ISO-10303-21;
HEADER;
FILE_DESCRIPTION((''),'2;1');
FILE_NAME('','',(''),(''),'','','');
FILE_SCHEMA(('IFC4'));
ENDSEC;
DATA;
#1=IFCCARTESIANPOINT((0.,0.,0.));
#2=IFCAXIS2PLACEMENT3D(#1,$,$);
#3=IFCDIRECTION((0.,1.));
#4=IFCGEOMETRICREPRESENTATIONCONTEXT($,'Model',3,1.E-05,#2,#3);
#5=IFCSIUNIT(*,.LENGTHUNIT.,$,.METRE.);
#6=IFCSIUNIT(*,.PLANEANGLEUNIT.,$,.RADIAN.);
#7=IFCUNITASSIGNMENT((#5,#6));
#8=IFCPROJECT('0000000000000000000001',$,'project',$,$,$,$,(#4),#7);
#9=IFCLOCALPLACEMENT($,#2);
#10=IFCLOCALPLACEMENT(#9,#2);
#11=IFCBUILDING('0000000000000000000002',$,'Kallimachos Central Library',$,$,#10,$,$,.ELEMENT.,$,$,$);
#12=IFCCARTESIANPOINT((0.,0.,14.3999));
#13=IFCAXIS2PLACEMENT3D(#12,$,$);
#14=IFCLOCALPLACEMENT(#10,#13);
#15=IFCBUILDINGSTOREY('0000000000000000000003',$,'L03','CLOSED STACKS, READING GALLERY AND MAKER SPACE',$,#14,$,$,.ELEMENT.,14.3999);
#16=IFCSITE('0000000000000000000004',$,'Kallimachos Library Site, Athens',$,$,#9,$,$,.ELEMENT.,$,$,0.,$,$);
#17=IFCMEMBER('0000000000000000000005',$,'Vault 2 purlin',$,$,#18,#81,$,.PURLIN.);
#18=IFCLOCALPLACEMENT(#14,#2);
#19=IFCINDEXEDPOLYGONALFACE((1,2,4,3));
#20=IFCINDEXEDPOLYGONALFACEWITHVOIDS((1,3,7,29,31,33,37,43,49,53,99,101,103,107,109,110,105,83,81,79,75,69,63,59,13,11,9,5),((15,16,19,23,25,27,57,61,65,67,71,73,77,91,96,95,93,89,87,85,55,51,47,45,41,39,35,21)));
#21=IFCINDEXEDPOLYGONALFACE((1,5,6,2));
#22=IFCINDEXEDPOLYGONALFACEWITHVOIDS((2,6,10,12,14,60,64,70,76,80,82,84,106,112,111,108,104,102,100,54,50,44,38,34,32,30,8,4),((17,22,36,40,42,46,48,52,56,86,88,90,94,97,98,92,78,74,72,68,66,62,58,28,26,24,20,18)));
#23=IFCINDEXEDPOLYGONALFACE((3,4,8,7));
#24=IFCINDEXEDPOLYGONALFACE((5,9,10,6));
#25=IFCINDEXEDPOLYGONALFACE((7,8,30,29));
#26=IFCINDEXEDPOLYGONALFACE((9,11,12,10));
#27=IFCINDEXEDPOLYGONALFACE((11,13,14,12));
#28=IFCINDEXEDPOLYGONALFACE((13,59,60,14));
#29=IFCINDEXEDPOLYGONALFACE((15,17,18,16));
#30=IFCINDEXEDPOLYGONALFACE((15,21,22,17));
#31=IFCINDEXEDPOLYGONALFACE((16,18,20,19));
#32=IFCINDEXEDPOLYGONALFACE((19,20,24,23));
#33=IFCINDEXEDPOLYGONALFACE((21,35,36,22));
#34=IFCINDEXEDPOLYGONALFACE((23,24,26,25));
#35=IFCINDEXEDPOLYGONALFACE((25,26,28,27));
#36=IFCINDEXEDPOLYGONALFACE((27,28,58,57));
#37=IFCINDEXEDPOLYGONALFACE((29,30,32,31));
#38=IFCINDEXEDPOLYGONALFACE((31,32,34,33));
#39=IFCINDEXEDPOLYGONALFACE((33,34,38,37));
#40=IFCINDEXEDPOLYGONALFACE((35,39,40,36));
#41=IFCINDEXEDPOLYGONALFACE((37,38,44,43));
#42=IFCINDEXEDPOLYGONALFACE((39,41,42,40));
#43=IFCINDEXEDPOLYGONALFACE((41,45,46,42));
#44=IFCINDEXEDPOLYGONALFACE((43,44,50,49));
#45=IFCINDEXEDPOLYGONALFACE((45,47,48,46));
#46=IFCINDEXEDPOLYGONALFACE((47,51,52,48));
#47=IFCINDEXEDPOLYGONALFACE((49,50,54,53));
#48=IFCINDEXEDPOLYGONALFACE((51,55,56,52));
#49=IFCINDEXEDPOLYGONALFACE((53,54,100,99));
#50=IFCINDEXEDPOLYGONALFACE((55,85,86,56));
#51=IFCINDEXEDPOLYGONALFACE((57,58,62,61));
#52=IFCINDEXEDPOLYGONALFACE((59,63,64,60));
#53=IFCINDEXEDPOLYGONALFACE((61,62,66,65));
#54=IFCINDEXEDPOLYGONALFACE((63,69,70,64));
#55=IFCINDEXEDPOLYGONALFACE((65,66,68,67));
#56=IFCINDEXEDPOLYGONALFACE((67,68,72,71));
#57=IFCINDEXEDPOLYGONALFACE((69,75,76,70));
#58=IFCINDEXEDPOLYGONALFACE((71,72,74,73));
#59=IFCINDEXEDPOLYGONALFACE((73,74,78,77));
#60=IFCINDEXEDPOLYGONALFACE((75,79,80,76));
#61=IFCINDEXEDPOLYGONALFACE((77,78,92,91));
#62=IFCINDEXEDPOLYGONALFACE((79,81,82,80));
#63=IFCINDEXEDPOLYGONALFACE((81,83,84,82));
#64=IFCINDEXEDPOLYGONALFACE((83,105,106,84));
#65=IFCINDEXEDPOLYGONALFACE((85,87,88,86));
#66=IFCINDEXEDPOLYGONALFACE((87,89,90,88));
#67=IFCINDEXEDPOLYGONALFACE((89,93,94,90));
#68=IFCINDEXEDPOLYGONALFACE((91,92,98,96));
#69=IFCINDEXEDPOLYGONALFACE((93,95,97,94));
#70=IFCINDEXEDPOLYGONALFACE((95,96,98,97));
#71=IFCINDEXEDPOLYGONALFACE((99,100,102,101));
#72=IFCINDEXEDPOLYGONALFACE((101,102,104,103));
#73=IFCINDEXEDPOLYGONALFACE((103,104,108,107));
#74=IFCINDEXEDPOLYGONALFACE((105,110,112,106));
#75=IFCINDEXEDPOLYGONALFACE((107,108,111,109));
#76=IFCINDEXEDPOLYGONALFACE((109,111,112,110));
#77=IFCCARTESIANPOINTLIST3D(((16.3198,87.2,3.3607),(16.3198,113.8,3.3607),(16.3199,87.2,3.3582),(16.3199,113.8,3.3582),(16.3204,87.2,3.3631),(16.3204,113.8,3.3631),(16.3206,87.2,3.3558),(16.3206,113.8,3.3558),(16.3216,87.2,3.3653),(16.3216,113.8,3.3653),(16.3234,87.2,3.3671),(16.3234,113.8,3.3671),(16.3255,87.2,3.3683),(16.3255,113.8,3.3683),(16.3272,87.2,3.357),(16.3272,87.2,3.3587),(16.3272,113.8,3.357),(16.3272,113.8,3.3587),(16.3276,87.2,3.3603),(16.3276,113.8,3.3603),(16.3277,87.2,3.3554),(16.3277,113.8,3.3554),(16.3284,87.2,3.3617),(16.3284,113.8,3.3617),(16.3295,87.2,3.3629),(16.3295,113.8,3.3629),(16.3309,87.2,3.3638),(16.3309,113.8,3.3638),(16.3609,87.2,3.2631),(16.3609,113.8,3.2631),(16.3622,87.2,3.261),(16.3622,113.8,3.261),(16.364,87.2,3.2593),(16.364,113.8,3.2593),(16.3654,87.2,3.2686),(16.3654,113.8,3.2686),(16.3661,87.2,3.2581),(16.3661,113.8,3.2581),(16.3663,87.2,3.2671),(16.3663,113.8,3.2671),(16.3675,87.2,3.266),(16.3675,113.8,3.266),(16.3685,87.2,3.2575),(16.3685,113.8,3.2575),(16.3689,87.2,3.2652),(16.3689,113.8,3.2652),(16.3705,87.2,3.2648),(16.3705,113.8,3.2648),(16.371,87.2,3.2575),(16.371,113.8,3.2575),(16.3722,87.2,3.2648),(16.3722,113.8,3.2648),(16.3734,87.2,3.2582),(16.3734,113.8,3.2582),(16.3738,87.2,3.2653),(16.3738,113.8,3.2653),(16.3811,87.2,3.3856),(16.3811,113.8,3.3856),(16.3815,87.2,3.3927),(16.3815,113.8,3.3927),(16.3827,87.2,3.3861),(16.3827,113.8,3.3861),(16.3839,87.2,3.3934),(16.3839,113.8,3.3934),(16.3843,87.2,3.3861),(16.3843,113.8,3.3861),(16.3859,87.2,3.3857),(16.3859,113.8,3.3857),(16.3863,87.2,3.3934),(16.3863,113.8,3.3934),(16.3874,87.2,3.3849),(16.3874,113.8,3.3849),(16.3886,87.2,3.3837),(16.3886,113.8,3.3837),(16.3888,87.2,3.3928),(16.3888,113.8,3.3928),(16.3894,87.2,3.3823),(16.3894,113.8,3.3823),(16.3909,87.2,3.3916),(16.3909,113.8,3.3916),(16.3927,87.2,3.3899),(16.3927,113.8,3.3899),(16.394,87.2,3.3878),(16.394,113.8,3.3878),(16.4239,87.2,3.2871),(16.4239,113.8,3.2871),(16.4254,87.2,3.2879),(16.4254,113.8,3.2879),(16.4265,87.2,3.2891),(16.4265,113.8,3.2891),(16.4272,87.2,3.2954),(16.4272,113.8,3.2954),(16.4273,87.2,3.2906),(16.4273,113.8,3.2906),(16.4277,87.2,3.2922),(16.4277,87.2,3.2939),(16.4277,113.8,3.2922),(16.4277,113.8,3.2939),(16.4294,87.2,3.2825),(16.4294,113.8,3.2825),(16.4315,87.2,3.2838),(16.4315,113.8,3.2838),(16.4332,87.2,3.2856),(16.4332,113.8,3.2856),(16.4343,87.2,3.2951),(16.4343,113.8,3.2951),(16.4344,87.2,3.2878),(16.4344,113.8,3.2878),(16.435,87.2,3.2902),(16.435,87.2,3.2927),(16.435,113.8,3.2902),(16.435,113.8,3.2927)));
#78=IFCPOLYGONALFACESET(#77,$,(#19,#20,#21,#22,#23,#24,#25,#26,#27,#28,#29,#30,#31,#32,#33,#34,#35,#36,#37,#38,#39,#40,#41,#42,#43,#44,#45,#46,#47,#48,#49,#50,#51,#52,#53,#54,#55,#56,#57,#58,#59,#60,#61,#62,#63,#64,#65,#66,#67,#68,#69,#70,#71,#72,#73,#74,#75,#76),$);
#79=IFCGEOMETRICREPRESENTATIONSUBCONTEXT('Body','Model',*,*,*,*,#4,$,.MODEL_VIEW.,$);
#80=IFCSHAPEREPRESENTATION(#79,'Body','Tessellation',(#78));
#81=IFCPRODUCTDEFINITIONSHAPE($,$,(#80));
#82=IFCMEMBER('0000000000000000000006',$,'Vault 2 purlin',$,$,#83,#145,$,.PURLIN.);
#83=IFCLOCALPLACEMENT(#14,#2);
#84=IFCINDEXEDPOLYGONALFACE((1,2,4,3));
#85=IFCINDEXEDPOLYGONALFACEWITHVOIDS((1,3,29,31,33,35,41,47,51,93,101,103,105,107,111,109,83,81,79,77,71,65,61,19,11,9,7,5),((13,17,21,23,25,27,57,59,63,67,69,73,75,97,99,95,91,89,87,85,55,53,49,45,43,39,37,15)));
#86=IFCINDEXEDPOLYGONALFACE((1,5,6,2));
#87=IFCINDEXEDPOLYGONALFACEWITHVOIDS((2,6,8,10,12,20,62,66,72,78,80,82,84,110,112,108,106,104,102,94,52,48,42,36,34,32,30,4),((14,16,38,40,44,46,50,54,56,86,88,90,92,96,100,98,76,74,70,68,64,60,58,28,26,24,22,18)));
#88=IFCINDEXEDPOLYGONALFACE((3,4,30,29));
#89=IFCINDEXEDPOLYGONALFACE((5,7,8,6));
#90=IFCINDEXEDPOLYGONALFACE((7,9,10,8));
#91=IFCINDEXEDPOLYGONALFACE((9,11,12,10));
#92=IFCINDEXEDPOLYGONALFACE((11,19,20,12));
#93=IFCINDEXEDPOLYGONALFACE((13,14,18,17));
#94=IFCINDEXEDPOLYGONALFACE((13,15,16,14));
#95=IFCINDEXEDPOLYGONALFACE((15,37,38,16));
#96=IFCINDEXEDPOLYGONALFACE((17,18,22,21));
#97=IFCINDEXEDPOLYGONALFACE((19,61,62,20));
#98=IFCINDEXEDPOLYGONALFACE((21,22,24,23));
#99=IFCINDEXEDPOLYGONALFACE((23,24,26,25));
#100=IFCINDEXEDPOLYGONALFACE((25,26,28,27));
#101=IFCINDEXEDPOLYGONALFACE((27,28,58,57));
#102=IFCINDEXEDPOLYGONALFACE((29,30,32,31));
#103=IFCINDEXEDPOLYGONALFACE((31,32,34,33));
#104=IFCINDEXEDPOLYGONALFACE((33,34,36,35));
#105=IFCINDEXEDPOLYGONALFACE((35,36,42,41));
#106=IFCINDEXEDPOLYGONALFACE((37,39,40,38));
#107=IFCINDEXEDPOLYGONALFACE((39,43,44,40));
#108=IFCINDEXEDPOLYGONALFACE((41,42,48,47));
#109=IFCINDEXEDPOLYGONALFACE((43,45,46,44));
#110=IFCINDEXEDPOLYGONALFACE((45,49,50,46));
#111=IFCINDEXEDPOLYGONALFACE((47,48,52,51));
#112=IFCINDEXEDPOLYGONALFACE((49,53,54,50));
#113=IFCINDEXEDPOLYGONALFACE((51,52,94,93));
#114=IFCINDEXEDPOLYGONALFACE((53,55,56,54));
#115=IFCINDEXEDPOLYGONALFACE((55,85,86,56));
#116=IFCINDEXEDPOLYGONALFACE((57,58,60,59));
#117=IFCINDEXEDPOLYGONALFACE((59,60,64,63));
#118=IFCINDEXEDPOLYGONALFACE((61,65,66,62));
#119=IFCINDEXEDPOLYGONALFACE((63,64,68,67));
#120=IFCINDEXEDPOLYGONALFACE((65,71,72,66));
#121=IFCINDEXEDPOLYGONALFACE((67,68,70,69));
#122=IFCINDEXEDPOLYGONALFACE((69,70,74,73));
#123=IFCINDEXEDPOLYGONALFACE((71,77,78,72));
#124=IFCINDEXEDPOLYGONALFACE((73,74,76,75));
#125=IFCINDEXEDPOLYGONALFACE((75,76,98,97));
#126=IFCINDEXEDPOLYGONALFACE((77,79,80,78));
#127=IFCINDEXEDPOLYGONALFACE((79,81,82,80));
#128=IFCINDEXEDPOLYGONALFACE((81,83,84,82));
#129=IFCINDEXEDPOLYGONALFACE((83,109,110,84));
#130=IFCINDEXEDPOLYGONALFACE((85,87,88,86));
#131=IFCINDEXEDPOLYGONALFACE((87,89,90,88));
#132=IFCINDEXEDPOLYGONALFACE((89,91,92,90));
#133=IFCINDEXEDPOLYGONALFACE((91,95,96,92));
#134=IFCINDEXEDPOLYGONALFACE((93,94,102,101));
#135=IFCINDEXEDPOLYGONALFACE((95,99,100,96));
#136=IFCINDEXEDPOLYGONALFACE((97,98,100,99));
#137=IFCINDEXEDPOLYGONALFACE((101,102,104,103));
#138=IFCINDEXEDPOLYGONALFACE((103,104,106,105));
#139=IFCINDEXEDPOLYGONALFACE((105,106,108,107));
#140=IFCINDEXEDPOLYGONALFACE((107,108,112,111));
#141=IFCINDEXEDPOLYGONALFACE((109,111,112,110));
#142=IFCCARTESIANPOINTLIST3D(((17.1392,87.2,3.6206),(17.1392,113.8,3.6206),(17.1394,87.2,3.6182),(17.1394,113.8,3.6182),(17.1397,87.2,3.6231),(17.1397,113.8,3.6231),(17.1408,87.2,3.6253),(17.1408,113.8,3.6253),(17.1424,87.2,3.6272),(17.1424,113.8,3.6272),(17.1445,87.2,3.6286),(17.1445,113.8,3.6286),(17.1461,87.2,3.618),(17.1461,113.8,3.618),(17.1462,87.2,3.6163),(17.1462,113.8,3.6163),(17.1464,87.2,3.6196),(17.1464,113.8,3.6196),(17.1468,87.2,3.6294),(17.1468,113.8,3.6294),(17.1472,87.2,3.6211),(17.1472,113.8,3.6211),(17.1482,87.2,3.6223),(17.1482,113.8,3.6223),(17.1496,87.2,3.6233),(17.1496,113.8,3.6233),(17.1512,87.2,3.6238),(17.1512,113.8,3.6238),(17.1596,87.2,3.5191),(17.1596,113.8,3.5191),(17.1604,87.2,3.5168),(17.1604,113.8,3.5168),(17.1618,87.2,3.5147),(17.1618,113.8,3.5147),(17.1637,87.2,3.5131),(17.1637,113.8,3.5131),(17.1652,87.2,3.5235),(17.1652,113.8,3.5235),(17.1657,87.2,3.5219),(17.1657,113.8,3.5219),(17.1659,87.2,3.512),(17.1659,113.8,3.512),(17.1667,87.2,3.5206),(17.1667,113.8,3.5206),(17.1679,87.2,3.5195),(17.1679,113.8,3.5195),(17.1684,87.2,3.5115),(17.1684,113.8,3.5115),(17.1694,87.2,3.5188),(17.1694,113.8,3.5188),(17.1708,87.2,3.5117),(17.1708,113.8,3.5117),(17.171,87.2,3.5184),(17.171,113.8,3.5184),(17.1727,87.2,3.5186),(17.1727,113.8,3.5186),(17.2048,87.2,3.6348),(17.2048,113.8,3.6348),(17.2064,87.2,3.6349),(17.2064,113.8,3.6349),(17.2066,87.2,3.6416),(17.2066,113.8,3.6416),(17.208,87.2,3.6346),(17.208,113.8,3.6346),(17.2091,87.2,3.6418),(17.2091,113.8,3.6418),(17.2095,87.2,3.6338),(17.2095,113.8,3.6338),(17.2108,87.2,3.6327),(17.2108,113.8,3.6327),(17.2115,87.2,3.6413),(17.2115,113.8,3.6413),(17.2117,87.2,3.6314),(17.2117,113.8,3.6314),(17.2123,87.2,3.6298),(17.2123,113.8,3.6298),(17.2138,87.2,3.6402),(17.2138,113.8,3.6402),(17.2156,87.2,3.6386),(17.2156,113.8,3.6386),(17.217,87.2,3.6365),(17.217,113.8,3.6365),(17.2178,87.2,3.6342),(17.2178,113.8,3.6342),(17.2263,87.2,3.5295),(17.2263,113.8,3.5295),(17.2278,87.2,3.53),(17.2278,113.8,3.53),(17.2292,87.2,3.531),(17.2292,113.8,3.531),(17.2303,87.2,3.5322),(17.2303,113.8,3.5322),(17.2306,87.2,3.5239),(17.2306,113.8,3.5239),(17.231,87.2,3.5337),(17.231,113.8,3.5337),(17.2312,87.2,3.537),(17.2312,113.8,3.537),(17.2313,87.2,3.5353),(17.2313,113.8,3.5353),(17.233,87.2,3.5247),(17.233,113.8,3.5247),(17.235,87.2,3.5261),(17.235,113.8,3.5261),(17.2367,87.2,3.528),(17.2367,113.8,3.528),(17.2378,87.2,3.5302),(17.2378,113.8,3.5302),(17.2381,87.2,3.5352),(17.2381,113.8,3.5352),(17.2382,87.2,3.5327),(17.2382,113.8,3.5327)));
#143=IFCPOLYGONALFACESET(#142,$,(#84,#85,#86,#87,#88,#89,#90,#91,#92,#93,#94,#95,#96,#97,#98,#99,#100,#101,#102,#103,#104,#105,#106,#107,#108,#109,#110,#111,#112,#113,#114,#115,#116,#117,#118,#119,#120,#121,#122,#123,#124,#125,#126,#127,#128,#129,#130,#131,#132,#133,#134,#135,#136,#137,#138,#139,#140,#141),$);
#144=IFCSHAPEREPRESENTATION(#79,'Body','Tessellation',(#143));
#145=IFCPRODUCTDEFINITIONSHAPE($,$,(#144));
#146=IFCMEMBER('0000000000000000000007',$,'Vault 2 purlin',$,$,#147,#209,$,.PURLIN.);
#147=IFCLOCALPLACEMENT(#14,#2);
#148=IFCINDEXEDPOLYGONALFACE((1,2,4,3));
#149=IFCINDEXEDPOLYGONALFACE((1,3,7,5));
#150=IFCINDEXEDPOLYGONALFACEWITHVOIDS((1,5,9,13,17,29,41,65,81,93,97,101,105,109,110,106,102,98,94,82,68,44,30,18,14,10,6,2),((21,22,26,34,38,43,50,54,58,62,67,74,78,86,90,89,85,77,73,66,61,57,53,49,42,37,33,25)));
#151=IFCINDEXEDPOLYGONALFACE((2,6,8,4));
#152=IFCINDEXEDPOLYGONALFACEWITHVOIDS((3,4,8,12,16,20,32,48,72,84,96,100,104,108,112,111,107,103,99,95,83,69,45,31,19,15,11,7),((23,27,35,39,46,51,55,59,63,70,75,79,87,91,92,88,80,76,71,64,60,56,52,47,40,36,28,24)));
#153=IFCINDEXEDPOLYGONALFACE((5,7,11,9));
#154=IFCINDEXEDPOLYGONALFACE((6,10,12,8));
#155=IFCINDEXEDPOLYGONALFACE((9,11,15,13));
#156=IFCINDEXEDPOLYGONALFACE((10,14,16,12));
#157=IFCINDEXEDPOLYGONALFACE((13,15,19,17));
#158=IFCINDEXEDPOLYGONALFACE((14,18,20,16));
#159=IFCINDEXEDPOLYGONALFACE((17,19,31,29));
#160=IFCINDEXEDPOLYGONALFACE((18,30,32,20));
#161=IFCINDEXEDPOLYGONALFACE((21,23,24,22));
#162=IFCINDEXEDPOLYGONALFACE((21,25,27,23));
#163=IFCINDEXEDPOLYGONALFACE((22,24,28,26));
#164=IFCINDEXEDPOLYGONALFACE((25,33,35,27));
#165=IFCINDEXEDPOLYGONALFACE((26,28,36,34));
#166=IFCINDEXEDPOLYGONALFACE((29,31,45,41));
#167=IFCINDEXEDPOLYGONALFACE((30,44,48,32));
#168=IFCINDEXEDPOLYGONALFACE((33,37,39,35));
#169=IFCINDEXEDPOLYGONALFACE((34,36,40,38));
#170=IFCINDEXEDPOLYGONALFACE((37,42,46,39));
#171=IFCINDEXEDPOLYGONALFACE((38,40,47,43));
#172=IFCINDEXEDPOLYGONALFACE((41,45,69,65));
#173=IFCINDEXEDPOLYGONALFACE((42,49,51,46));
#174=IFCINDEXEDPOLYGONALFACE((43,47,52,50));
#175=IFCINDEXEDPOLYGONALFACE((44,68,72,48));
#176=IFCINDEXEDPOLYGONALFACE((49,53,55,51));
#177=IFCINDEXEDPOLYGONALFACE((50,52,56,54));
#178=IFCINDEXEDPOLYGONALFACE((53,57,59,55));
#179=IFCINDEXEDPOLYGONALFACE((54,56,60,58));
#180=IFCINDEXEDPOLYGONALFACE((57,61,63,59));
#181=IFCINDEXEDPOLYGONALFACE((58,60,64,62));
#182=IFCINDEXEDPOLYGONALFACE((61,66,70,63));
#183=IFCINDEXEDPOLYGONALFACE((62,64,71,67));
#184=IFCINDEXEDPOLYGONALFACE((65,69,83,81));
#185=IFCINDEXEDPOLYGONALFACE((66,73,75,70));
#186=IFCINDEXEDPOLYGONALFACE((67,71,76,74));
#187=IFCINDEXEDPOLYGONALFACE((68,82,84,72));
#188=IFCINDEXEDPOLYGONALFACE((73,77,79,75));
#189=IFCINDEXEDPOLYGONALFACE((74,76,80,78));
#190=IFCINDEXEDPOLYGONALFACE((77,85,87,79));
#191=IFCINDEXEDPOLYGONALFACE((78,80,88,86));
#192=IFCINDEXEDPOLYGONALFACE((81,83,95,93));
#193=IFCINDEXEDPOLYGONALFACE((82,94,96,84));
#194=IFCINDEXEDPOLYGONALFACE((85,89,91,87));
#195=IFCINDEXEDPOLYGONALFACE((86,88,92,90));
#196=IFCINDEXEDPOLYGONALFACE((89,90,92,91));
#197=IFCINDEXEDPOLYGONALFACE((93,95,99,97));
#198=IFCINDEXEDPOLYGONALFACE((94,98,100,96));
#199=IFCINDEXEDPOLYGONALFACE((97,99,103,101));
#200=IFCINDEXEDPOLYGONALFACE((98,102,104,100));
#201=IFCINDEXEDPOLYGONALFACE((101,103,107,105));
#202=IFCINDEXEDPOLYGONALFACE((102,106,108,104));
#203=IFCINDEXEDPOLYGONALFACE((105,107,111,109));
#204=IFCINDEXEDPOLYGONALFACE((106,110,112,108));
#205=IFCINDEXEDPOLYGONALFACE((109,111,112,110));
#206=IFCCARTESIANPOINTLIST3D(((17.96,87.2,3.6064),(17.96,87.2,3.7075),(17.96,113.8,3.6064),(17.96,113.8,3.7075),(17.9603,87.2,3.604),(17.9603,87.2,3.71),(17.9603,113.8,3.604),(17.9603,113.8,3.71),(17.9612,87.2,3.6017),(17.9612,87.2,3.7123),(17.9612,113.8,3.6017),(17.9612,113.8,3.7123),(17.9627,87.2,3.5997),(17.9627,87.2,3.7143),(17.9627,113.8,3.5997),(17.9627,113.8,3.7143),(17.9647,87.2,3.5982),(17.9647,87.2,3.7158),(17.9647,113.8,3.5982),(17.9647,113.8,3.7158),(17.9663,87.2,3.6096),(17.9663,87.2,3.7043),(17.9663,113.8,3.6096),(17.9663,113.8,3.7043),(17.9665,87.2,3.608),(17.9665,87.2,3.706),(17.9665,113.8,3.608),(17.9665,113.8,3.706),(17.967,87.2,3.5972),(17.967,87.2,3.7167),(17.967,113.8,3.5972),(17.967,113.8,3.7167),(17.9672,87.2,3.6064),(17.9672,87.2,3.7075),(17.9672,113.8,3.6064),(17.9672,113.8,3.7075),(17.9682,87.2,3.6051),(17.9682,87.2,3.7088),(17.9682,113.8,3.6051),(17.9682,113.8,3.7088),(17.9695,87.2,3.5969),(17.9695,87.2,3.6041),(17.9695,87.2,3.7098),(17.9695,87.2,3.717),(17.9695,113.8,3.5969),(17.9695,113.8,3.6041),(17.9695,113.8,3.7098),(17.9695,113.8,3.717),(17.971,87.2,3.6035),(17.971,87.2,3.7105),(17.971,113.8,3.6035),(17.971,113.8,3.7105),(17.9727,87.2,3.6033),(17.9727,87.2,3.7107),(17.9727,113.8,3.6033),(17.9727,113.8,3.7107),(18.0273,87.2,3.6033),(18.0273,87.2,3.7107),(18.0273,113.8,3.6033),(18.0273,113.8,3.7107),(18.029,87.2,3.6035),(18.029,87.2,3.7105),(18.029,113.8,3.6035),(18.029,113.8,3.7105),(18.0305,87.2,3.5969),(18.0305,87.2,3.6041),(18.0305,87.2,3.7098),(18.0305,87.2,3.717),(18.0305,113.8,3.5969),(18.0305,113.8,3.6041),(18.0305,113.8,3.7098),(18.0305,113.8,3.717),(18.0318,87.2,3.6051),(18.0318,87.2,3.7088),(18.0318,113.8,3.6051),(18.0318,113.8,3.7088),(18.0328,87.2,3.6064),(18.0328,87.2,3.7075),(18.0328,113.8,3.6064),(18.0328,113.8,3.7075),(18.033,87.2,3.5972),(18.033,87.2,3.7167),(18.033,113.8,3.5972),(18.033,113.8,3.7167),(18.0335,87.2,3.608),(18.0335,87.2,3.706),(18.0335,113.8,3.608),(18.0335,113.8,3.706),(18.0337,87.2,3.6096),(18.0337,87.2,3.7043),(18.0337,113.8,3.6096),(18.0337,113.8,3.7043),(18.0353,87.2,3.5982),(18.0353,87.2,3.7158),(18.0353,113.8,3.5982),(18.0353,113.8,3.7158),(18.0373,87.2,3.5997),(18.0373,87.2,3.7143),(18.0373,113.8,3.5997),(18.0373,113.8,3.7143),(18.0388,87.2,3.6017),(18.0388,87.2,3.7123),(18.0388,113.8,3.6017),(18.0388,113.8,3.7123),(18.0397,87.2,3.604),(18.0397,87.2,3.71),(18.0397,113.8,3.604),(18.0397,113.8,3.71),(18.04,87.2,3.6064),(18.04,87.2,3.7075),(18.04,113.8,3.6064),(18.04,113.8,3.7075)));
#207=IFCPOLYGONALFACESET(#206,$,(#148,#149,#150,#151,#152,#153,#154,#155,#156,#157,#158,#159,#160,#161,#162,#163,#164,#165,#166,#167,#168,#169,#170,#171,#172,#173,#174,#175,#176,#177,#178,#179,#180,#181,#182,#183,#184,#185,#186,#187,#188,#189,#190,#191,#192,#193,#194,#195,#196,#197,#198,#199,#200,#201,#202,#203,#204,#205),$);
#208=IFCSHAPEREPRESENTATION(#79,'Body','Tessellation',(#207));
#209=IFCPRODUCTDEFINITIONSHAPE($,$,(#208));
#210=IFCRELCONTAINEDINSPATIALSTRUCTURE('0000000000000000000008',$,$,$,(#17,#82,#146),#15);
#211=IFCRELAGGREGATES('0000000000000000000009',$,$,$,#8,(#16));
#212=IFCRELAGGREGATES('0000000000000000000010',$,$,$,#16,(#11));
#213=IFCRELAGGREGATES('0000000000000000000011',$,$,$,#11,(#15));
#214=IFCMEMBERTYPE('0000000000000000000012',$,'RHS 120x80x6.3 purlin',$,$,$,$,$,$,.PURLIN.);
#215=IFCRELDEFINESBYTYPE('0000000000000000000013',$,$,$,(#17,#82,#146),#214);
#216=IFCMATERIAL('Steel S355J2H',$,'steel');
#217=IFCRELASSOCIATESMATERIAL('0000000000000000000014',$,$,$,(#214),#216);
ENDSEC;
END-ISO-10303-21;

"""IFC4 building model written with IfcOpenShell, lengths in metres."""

from ifc_helpers import new_model, si_unit, direction, frame, origin, origin_2d, place, context, subcontext, project, spatial, hollow_rectangle, extrude, material, material_profile, profile_set, type_object, element, save


model = new_model("IFC4")

# Units and contexts
model_context = context("Model", 3, precision=1e-05, world=origin(), true_north=direction((0.0, 1.0)))
body_context = subcontext(model_context, "Body", "Model", "MODEL_VIEW")
ifc_project = project(units=[si_unit("LENGTHUNIT", "METRE"), si_unit("PLANEANGLEUNIT", "RADIAN")], contexts=[model_context])

# Site, building, storey
site_placement = place(None, origin())
site = spatial("IfcSite", under=ifc_project, at=site_placement, Name="Kallimachos Library Site, Athens", CompositionType="ELEMENT", RefElevation=0.0)
building_placement = place(site_placement, origin())
building = spatial("IfcBuilding", under=site, at=building_placement, Name="Kallimachos Central Library", CompositionType="ELEMENT")
storey_placement = place(building_placement, frame((0.0, 0.0, 14.3999)))
storey = spatial("IfcBuildingStorey", under=building, at=storey_placement, Name="L03", Description="CLOSED STACKS, READING GALLERY AND MAKER SPACE", CompositionType="ELEMENT", Elevation=14.3999)

# Members
ifc_material_1 = material(Name="Steel S355J2H", Category="steel")
ifc_material_profile = material_profile(ifc_material_1, hollow_rectangle(XDim=0.0801, YDim=0.1201, WallThickness=0.0063, InnerFilletRadius=0.0063, OuterFilletRadius=0.0095, at=origin_2d()), Name="RHS 120x80x6.3")
ifc_profile_set = profile_set([ifc_material_profile], Name="Steel S355J2H")
member_type = type_object("IfcMemberType", Name="RHS 120x80x6.3 purlin", PredefinedType="PURLIN", material=ifc_profile_set)
for number, where, z_axis, x_axis, name in (
    (1, (16.3774, 87.2, 3.3254), (0.0, 1.0, 0.0), (-0.917005, 0.0, -0.398876), "Vault 2 purlin"),
    (2, (17.1887, 87.2, 3.5767), (0.0, 1.0, 0.0), (-0.979797, 0.0, -0.199994), "Vault 2 purlin"),
    (3, (18.0, 87.2, 3.657), (0.0, 1.0, 0.0), (-1.0, 0.0, 0.0), "Vault 2 purlin"),
):
    element("IfcMember", number, at=place(storey_placement, frame(where, z_axis=z_axis, x_axis=x_axis)), inside=storey, type_object=member_type, Name=name, PredefinedType="PURLIN", context=body_context, shape_type="SweptSolid", body=[
        extrude(hollow_rectangle(XDim=0.0801, YDim=0.1201, WallThickness=0.0063, InnerFilletRadius=0.0063, OuterFilletRadius=0.0095, at=origin_2d()), origin(), (0.0, 0.0, 1.0), 26.6001),
    ])

save(model, "model.ifc")
